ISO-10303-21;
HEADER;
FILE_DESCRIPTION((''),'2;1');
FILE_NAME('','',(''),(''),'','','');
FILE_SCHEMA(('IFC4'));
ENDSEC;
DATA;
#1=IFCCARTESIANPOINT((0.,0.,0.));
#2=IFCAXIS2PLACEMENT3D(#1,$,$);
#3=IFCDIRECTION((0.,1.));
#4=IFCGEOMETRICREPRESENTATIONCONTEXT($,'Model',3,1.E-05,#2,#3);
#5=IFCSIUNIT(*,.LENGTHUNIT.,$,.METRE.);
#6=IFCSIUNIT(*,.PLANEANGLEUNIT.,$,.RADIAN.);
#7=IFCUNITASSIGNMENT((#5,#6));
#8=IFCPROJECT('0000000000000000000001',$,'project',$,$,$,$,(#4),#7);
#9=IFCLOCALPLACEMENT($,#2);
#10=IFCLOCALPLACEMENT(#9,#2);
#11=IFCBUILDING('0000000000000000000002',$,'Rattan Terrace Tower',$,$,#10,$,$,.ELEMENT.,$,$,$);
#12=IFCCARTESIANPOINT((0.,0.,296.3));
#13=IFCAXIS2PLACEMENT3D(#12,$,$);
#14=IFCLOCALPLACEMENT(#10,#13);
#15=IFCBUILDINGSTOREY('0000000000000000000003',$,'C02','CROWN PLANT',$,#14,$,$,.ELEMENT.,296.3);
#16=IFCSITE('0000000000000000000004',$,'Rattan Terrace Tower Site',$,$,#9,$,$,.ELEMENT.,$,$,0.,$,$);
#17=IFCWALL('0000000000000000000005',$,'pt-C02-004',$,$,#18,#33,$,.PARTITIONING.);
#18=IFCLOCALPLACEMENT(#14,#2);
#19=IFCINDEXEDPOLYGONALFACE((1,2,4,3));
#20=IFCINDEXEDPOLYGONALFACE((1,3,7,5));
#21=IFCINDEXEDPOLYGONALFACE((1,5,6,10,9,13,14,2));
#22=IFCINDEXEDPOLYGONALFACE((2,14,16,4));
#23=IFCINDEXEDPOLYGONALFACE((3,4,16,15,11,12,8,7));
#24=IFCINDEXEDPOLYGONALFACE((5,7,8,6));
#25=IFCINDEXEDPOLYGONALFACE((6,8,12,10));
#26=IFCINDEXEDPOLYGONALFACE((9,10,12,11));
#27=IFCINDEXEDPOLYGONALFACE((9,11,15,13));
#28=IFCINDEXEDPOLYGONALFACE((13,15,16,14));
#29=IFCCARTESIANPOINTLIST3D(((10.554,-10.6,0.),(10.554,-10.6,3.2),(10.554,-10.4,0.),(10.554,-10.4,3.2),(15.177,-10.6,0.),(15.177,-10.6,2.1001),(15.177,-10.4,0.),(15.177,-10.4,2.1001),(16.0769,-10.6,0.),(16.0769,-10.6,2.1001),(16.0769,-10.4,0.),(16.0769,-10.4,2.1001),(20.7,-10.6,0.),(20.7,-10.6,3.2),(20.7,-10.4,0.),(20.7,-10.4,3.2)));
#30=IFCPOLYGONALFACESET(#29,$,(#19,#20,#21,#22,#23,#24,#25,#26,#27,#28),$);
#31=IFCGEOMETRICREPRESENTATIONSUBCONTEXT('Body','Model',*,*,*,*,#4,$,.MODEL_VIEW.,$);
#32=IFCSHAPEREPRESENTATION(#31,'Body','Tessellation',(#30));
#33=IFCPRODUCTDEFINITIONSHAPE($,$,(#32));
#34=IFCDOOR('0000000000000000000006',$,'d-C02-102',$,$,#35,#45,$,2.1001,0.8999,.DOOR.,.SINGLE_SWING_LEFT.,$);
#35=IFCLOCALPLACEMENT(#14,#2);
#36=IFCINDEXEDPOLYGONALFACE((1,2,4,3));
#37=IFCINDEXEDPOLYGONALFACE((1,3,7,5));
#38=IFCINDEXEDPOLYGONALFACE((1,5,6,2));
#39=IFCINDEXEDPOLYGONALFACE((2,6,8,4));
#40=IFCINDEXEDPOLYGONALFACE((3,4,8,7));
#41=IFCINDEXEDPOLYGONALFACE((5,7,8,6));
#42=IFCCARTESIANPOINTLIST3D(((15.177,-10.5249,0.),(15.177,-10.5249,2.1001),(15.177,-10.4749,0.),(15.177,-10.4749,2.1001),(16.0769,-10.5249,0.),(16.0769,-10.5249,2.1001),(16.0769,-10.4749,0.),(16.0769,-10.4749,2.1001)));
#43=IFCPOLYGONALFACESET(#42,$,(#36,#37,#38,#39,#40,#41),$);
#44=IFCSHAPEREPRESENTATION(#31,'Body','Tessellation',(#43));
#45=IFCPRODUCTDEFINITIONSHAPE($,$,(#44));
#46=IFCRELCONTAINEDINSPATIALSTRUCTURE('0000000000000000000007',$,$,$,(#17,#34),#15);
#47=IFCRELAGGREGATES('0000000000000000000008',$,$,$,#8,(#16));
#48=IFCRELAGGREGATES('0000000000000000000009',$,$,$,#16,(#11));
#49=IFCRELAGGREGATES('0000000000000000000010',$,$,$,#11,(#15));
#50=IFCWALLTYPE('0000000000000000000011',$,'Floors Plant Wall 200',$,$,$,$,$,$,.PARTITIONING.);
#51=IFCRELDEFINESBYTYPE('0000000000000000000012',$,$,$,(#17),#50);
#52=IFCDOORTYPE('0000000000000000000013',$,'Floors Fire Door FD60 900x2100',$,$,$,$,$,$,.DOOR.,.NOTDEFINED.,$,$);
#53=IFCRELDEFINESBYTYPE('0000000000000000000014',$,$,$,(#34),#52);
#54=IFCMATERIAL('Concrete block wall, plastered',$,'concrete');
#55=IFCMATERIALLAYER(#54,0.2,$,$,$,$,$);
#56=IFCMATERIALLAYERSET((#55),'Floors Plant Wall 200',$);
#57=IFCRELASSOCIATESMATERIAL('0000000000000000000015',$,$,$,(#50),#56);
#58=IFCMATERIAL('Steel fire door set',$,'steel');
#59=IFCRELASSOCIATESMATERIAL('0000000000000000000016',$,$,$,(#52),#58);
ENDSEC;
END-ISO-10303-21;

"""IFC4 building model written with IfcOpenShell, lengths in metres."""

from ifc_helpers import new_model, si_unit, direction, frame, frame_2d, origin, place, context, subcontext, project, spatial, rectangle, extrude, material, layer, layer_set, type_object, element, fill, save


model = new_model("IFC4")

# Units and contexts
model_context = context("Model", 3, precision=1e-05, world=origin(), true_north=direction((0.0, 1.0)))
body_context = subcontext(model_context, "Body", "Model", "MODEL_VIEW")
ifc_project = project(units=[si_unit("LENGTHUNIT", "METRE"), si_unit("PLANEANGLEUNIT", "RADIAN")], contexts=[model_context])

# Site, building, storey
site_placement = place(None, origin())
site = spatial("IfcSite", under=ifc_project, at=site_placement, Name="Rattan Terrace Tower Site", CompositionType="ELEMENT", RefElevation=0.0)
building_placement = place(site_placement, origin())
building = spatial("IfcBuilding", under=site, at=building_placement, Name="Rattan Terrace Tower", CompositionType="ELEMENT")
storey_placement = place(building_placement, frame((0.0, 0.0, 296.3)))
storey = spatial("IfcBuildingStorey", under=building, at=storey_placement, Name="C02", Description="CROWN PLANT", CompositionType="ELEMENT", Elevation=296.3)

# Shared definitions
ifc_material_1 = material(Name="Concrete block wall, plastered", Category="concrete")
ifc_layer_1 = layer(ifc_material_1, 0.2)
ifc_layer_set_1 = layer_set([ifc_layer_1], Name="Floors Plant Wall 200")
wall_type = type_object("IfcWallType", Name="Floors Plant Wall 200", PredefinedType="PARTITIONING", material=ifc_layer_set_1)

# Wall, opening, door
wall_1_placement = place(storey_placement, frame((20.7, -10.5, 0.0), z_axis=(0.0, 0.0, 1.0), x_axis=(-1.0, 0.0, 0.0)))
wall_1 = element("IfcWall", 1, at=wall_1_placement, inside=storey, type_object=wall_type, Name="pt-C02-004", PredefinedType="PARTITIONING", context=body_context, shape_type="SweptSolid", body=[
    extrude(rectangle(XDim=10.146, YDim=0.2, at=frame_2d((5.073, 0.0))), origin(), (0.0, 0.0, 1.0), 3.2),
])
opening_placement = place(wall_1_placement, frame((4.623, 0.0, 0.0)))
opening = element("IfcOpeningElement", 2, at=opening_placement, cuts=wall_1, PredefinedType="OPENING", context=body_context, shape_type="SweptSolid", body=[
    extrude(rectangle(XDim=0.8999, YDim=2.1001, at=frame_2d((0.45, 1.05))), frame((0.0, 0.1106, 0.0), z_axis=(0.0, -1.0, 0.0), x_axis=(1.0, 0.0, 0.0)), (0.0, 0.0, 1.0), 0.2209),
])
ifc_material_2 = material(Name="Steel fire door set", Category="steel")
door_type = type_object("IfcDoorType", Name="Floors Fire Door FD60 900x2100", OperationType="NOTDEFINED", PredefinedType="DOOR", material=ifc_material_2)
door_placement = place(opening_placement, origin())
door = element("IfcDoor", 3, at=door_placement, inside=storey, type_object=door_type, Name="d-C02-102", OperationType="SINGLE_SWING_LEFT", OverallHeight=2.1001, OverallWidth=0.8999, PredefinedType="DOOR", context=body_context, shape_type="SweptSolid", body=[
    extrude(rectangle(XDim=0.8999, YDim=2.1001, at=frame_2d((0.45, 1.05))), frame((0.0, 0.0249, 0.0), z_axis=(0.0, -1.0, 0.0), x_axis=(1.0, 0.0, 0.0)), (0.0, 0.0, 1.0), 0.05),
])
fill(opening, door)

save(model, "model.ifc")
